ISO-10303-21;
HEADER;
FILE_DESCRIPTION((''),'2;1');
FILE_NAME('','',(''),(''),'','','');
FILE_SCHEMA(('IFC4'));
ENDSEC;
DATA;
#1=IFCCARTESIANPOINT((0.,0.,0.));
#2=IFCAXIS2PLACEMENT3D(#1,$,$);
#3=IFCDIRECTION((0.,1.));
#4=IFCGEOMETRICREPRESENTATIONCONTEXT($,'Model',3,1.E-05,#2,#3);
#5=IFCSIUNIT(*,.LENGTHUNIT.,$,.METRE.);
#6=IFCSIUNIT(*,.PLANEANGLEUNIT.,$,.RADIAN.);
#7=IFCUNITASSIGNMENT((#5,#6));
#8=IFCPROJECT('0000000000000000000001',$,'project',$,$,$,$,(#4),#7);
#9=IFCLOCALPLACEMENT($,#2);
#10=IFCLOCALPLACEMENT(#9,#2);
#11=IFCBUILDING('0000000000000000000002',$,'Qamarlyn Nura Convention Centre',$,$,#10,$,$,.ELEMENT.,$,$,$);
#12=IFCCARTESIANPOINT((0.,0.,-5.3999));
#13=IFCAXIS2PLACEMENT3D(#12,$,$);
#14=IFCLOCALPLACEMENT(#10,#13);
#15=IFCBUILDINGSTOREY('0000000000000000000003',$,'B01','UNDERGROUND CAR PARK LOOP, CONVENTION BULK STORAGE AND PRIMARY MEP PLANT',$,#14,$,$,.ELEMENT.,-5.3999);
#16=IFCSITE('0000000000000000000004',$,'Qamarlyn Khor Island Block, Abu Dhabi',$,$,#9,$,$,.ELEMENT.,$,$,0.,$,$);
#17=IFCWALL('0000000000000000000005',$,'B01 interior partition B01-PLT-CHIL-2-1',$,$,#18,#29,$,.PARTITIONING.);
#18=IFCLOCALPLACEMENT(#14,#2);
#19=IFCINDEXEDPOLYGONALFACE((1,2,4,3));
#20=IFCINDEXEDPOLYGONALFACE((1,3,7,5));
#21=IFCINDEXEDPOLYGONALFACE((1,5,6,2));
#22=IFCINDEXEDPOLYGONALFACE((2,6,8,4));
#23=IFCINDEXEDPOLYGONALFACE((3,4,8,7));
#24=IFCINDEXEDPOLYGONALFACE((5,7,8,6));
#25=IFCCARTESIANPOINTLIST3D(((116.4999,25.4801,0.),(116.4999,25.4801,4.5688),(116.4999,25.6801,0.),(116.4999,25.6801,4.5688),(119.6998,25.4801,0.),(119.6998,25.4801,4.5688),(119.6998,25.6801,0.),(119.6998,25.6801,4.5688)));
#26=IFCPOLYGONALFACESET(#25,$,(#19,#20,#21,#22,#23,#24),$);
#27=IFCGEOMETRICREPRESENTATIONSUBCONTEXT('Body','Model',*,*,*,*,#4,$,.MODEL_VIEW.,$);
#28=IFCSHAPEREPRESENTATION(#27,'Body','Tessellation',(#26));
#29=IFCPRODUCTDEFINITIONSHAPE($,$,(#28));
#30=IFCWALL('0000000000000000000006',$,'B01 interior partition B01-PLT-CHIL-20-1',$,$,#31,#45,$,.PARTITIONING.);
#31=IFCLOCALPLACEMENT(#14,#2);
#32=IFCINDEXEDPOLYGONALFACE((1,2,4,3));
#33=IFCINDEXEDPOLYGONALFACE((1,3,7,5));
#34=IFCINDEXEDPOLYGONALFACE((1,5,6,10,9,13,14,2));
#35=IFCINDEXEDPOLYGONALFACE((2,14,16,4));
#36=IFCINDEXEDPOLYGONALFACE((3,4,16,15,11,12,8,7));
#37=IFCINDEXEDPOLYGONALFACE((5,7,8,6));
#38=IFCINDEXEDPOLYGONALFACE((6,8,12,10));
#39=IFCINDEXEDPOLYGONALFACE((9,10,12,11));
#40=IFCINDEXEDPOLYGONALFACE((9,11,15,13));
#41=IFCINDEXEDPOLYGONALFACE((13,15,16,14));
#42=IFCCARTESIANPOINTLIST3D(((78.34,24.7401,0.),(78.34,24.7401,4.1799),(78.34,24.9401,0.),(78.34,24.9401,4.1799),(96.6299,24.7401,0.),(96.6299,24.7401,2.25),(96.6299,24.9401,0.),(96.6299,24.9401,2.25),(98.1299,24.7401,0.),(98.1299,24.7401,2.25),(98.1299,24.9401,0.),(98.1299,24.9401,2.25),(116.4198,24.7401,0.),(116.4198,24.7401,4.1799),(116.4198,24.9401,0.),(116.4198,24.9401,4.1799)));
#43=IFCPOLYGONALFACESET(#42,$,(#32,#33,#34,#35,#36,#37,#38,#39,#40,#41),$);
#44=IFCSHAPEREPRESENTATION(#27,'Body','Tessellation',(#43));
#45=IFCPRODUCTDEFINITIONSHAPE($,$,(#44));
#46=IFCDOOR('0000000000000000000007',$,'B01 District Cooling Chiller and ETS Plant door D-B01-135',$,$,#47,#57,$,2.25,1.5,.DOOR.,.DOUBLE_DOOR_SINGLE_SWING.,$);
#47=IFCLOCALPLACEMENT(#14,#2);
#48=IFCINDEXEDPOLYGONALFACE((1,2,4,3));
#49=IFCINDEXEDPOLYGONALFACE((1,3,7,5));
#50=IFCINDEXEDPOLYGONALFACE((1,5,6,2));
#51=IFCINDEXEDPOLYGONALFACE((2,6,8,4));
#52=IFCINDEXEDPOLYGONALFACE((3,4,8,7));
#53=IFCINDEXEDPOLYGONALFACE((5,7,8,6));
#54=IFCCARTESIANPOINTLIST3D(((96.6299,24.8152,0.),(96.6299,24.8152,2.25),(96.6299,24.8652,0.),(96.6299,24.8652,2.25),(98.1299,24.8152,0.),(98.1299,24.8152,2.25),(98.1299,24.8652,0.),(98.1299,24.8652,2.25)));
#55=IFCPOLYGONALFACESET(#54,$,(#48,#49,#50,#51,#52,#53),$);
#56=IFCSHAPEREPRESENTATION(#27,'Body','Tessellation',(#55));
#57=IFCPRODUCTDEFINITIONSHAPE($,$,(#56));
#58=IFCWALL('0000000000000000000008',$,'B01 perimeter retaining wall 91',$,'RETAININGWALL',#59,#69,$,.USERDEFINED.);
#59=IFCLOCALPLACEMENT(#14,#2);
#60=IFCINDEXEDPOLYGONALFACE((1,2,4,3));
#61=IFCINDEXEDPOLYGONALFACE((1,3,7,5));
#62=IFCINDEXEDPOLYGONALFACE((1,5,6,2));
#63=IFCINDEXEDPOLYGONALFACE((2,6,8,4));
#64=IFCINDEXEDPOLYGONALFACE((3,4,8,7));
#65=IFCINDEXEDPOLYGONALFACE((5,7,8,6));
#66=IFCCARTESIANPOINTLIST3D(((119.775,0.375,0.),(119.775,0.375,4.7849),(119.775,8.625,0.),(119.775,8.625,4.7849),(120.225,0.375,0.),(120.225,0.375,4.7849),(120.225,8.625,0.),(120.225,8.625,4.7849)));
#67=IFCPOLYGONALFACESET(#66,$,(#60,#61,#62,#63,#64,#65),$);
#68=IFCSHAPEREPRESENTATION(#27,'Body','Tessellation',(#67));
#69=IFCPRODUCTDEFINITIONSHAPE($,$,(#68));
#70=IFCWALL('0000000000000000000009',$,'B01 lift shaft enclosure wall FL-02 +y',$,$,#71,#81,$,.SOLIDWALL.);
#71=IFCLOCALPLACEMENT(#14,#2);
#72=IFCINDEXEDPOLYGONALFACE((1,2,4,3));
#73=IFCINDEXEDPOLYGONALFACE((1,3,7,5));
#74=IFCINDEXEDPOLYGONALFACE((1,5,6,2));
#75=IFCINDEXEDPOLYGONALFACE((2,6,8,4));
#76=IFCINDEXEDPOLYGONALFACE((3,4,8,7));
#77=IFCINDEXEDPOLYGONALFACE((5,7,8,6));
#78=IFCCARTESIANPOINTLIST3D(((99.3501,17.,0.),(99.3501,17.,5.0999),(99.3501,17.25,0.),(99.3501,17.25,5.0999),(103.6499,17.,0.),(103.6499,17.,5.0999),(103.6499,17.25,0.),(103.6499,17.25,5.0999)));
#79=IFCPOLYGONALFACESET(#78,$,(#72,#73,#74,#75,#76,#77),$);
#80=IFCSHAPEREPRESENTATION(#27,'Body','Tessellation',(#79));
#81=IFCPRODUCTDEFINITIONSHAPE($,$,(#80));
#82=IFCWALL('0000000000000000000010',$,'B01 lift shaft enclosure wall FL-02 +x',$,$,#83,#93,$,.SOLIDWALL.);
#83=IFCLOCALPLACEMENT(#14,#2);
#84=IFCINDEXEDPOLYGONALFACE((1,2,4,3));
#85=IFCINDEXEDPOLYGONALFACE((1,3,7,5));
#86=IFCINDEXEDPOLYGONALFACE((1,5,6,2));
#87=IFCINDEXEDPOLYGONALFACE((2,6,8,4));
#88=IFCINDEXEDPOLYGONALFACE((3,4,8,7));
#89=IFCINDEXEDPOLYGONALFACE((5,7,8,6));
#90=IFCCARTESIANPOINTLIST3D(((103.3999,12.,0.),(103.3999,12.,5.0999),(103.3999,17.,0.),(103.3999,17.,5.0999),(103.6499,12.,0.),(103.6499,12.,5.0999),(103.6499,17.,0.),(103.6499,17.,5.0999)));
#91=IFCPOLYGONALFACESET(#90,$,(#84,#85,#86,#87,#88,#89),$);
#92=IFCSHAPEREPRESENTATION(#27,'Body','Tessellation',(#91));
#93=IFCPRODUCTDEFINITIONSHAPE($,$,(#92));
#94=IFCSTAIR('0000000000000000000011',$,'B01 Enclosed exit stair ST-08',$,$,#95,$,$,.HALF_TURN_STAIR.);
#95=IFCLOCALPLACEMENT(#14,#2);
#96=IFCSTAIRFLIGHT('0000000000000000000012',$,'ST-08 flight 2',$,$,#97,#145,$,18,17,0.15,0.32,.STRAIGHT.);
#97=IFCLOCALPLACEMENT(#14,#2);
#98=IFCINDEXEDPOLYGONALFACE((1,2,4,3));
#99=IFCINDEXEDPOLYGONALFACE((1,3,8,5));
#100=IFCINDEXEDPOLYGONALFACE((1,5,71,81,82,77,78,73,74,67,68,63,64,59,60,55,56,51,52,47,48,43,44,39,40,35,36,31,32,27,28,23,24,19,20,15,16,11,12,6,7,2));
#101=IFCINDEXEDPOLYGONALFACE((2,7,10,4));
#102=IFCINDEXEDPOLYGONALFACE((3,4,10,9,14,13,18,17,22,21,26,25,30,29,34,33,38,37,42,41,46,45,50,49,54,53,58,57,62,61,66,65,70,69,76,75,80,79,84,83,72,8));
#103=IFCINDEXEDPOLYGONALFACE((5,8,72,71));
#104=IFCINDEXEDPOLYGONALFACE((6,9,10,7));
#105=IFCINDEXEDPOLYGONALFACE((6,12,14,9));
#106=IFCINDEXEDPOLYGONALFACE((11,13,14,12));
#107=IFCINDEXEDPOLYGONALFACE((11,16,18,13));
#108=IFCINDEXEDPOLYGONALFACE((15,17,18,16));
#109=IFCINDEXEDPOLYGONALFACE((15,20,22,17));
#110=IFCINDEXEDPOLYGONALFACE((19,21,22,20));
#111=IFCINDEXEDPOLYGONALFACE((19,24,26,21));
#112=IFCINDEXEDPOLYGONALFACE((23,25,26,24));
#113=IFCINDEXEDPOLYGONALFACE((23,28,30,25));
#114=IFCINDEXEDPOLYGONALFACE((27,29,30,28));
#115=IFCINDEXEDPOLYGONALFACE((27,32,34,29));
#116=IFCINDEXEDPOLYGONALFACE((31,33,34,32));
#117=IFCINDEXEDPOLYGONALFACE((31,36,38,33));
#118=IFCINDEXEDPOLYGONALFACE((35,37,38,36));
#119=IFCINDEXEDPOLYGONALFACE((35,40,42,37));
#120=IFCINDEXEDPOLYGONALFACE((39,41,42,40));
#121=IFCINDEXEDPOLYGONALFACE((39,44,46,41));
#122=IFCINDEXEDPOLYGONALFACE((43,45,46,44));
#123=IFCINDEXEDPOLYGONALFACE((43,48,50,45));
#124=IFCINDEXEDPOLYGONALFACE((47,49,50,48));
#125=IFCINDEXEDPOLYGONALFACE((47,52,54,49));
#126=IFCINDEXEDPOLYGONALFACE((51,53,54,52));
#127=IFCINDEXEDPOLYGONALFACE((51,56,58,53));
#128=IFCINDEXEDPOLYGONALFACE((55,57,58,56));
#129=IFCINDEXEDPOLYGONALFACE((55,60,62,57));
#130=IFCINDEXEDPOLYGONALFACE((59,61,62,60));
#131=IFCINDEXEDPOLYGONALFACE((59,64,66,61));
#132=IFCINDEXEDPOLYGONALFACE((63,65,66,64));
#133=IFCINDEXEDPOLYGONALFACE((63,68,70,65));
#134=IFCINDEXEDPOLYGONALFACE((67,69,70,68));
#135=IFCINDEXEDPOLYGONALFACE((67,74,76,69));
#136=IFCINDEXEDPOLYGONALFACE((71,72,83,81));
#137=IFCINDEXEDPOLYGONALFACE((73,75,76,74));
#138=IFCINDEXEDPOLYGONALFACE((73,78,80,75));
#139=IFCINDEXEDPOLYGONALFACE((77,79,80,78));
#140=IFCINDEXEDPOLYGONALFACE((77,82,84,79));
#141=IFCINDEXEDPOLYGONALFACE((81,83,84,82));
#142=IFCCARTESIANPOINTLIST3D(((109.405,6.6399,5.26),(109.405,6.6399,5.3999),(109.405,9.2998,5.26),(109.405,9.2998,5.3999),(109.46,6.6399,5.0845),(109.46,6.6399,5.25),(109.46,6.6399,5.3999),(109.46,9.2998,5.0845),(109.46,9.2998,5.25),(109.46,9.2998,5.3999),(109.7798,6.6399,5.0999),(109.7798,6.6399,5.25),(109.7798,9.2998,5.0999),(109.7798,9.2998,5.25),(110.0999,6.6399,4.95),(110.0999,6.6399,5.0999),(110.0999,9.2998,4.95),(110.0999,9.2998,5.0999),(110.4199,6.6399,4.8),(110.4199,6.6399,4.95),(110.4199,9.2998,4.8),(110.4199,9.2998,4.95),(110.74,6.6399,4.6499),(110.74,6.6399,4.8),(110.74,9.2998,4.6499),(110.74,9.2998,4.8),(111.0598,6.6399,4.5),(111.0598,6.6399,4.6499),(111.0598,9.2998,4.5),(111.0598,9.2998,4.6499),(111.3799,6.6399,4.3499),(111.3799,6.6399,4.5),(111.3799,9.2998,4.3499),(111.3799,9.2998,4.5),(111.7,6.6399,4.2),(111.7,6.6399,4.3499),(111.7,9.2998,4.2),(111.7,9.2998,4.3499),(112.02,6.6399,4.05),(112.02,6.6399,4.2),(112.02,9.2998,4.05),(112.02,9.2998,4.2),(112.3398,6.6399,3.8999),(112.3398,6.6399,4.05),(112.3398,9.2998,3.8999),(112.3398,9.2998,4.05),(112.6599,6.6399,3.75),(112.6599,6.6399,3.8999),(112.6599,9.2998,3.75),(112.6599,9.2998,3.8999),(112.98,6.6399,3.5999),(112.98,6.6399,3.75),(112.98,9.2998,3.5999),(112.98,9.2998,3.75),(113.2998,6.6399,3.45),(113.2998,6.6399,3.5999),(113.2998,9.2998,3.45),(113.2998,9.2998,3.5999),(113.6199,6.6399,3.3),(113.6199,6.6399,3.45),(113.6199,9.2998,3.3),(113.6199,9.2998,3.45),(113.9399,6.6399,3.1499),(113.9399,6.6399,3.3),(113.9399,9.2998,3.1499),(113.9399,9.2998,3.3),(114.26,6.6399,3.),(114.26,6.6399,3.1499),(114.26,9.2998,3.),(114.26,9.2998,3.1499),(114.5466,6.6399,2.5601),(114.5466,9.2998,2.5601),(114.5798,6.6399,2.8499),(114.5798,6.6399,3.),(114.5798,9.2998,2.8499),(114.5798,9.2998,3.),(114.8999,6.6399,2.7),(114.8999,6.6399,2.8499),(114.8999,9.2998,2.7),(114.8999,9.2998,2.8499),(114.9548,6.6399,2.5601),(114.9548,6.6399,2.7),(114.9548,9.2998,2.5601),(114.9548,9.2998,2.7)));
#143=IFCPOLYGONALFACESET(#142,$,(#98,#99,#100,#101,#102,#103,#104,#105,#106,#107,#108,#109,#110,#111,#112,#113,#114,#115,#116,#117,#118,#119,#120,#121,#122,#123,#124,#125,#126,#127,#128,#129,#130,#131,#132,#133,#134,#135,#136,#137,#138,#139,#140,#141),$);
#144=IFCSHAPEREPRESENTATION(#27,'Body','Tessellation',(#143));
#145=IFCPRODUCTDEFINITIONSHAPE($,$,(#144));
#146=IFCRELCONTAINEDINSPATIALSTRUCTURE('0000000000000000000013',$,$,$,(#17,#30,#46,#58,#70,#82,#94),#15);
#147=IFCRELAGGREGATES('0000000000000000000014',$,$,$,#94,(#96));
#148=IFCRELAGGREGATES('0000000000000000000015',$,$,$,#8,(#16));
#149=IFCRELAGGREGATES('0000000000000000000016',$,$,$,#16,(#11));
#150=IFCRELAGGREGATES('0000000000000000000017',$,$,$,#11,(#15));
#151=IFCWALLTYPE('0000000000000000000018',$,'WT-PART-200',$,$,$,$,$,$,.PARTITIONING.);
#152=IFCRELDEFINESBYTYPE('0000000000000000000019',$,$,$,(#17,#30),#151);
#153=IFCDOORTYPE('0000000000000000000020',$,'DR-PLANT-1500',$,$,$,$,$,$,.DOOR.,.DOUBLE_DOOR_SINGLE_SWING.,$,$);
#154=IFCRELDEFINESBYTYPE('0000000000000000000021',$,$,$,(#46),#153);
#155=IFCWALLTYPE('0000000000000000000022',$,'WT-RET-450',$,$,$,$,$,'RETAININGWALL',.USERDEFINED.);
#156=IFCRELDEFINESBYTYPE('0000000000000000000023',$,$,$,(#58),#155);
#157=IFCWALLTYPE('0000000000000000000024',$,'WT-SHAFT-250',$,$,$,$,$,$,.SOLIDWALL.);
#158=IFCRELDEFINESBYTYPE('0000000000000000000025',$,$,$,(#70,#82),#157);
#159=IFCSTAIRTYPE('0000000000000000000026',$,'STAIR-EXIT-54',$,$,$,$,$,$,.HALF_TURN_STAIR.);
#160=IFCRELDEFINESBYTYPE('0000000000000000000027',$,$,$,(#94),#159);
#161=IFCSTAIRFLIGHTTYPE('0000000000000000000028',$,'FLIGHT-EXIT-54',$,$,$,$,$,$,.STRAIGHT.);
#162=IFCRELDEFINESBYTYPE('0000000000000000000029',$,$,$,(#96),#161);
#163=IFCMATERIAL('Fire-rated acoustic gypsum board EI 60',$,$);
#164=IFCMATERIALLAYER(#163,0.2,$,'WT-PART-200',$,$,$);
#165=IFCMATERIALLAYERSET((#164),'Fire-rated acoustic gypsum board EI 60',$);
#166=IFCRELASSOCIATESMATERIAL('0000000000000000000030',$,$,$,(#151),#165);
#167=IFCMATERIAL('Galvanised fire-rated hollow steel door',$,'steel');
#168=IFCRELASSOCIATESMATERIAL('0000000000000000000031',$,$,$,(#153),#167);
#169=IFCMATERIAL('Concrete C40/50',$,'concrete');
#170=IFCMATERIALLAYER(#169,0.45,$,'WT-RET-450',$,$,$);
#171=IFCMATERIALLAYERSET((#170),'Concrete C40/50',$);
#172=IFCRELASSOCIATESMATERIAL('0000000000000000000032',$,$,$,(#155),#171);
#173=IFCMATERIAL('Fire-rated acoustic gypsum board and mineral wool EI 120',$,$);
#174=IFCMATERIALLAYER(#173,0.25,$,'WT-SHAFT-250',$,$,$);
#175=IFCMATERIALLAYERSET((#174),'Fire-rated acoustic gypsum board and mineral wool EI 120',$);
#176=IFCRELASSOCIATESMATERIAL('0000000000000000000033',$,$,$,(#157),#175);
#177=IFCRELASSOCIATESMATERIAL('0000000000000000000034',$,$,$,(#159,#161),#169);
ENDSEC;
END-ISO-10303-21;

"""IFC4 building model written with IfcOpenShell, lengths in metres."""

from ifc_helpers import new_model, si_unit, direction, frame, frame_2d, origin, place, context, subcontext, project, spatial, polyline, rectangle, outline, extrude, material, layer, layer_set, type_object, element, fill, aggregate, save


model = new_model("IFC4")

# Units and contexts
model_context = context("Model", 3, precision=1e-05, world=origin(), true_north=direction((0.0, 1.0)))
body_context = subcontext(model_context, "Body", "Model", "MODEL_VIEW")
ifc_project = project(units=[si_unit("LENGTHUNIT", "METRE"), si_unit("PLANEANGLEUNIT", "RADIAN")], contexts=[model_context])

# Site, building, storey
site_placement = place(None, origin())
site = spatial("IfcSite", under=ifc_project, at=site_placement, Name="Qamarlyn Khor Island Block, Abu Dhabi", CompositionType="ELEMENT", RefElevation=0.0)
building_placement = place(site_placement, origin())
building = spatial("IfcBuilding", under=site, at=building_placement, Name="Qamarlyn Nura Convention Centre", CompositionType="ELEMENT")
storey_placement = place(building_placement, frame((0.0, 0.0, -5.3999)))
storey = spatial("IfcBuildingStorey", under=building, at=storey_placement, Name="B01", Description="UNDERGROUND CAR PARK LOOP, CONVENTION BULK STORAGE AND PRIMARY MEP PLANT", CompositionType="ELEMENT", Elevation=-5.3999)

# Shared definitions
ifc_material_1 = material(Name="Concrete C40/50", Category="concrete")

# Shared definitions
ifc_material_2 = material(Name="Galvanised fire-rated hollow steel door", Category="steel")

# Wall
ifc_material_3 = material(Name="Fire-rated acoustic gypsum board EI 60")
ifc_layer_1 = layer(ifc_material_3, 0.2, Name="WT-PART-200")
ifc_layer_set_1 = layer_set([ifc_layer_1], Name="Fire-rated acoustic gypsum board EI 60")
wall_type_1 = type_object("IfcWallType", Name="WT-PART-200", PredefinedType="PARTITIONING", material=ifc_layer_set_1)
wall_1_placement = place(storey_placement, frame((119.7, 25.5801, 0.0), z_axis=(0.0, 0.0, 1.0), x_axis=(-1.0, 0.0, 0.0)))
element("IfcWall", 1, at=wall_1_placement, inside=storey, type_object=wall_type_1, Name="B01 interior partition B01-PLT-CHIL-2-1", PredefinedType="PARTITIONING", context=body_context, shape_type="SweptSolid", body=[
    extrude(rectangle(XDim=3.2, YDim=0.2, at=frame_2d((1.6001, 0.0))), origin(), (0.0, 0.0, 1.0), 4.5688),
])

# Wall, opening, door
wall_2_placement = place(storey_placement, frame((116.4199, 24.8401, 0.0), z_axis=(0.0, 0.0, 1.0), x_axis=(-1.0, 0.0, 0.0)))
wall_2 = element("IfcWall", 2, at=wall_2_placement, inside=storey, type_object=wall_type_1, Name="B01 interior partition B01-PLT-CHIL-20-1", PredefinedType="PARTITIONING", context=body_context, shape_type="SweptSolid", body=[
    extrude(rectangle(XDim=38.0798, YDim=0.2, at=frame_2d((19.04, 0.0))), origin(), (0.0, 0.0, 1.0), 4.1799),
])
opening_1_placement = place(wall_2_placement, frame((18.29, 0.0, 0.0)))
opening_1 = element("IfcOpeningElement", 3, at=opening_1_placement, cuts=wall_2, PredefinedType="OPENING", context=body_context, shape_type="SweptSolid", body=[
    extrude(rectangle(XDim=1.5, YDim=2.25, at=frame_2d((0.75, 1.125))), frame((0.0, 0.1099, 0.0), z_axis=(0.0, -1.0, 0.0), x_axis=(1.0, 0.0, 0.0)), (0.0, 0.0, 1.0), 0.22),
])
door_type_1 = type_object("IfcDoorType", Name="DR-PLANT-1500", OperationType="DOUBLE_DOOR_SINGLE_SWING", PredefinedType="DOOR", material=ifc_material_2)
door_1_placement = place(opening_1_placement, origin())
door_1 = element("IfcDoor", 4, at=door_1_placement, inside=storey, type_object=door_type_1, Name="B01 District Cooling Chiller and ETS Plant door D-B01-135", OperationType="DOUBLE_DOOR_SINGLE_SWING", OverallHeight=2.25, OverallWidth=1.5, PredefinedType="DOOR", context=body_context, shape_type="SweptSolid", body=[
    extrude(rectangle(XDim=1.5, YDim=2.25, at=frame_2d((0.75, 1.125))), frame((0.0, 0.0249, 0.0), z_axis=(0.0, -1.0, 0.0), x_axis=(1.0, 0.0, 0.0)), (0.0, 0.0, 1.0), 0.05),
])
fill(opening_1, door_1)

# Walls
ifc_layer_2 = layer(ifc_material_1, 0.45, Name="WT-RET-450")
ifc_layer_set_2 = layer_set([ifc_layer_2], Name="Concrete C40/50")
wall_type_2 = type_object("IfcWallType", Name="WT-RET-450", ElementType="RETAININGWALL", PredefinedType="USERDEFINED", material=ifc_layer_set_2)
wall_3_placement = place(storey_placement, frame((120.0, 8.625, 0.0), z_axis=(0.0, 0.0, 1.0), x_axis=(0.0, -1.0, 0.0)))
element("IfcWall", 5, at=wall_3_placement, inside=storey, type_object=wall_type_2, Name="B01 perimeter retaining wall 91", ObjectType="RETAININGWALL", PredefinedType="USERDEFINED", context=body_context, shape_type="SweptSolid", body=[
    extrude(rectangle(XDim=8.25, YDim=0.45, at=frame_2d((4.125, 0.0))), origin(), (0.0, 0.0, 1.0), 4.7849),
])
ifc_material_4 = material(Name="Fire-rated acoustic gypsum board and mineral wool EI 120")
ifc_layer_3 = layer(ifc_material_4, 0.25, Name="WT-SHAFT-250")
ifc_layer_set_3 = layer_set([ifc_layer_3], Name="Fire-rated acoustic gypsum board and mineral wool EI 120")
wall_type_3 = type_object("IfcWallType", Name="WT-SHAFT-250", PredefinedType="SOLIDWALL", material=ifc_layer_set_3)
wall_4_placement = place(storey_placement, frame((103.6499, 17.125, 0.0), z_axis=(0.0, 0.0, 1.0), x_axis=(-1.0, 0.0, 0.0)))
element("IfcWall", 6, at=wall_4_placement, inside=storey, type_object=wall_type_3, Name="B01 lift shaft enclosure wall FL-02 +y", PredefinedType="SOLIDWALL", context=body_context, shape_type="SweptSolid", body=[
    extrude(rectangle(XDim=4.2998, YDim=0.25, at=frame_2d((2.1499, 0.0))), origin(), (0.0, 0.0, 1.0), 5.0999),
])
wall_5_placement = place(storey_placement, frame((103.5249, 12.0, 0.0), z_axis=(0.0, 0.0, 1.0), x_axis=(0.0, 1.0, 0.0)))
element("IfcWall", 7, at=wall_5_placement, inside=storey, type_object=wall_type_3, Name="B01 lift shaft enclosure wall FL-02 +x", PredefinedType="SOLIDWALL", context=body_context, shape_type="SweptSolid", body=[
    extrude(rectangle(XDim=5.0, YDim=0.25, at=frame_2d((2.5, 0.0))), origin(), (0.0, 0.0, 1.0), 5.0999),
])

# Stair, stair flight
stair_type = type_object("IfcStairType", Name="STAIR-EXIT-54", PredefinedType="HALF_TURN_STAIR", material=ifc_material_1)
stair_placement = place(storey_placement, origin())
stair = element("IfcStair", 8, at=stair_placement, inside=storey, type_object=stair_type, Name="B01 Enclosed exit stair ST-08", PredefinedType="HALF_TURN_STAIR")
stair_flight_type = type_object("IfcStairFlightType", Name="FLIGHT-EXIT-54", PredefinedType="STRAIGHT", material=ifc_material_1)
stair_flight_placement = place(storey_placement, frame((114.8999, 7.97, 2.7), z_axis=(0.0, 0.0, 1.0), x_axis=(-1.0, 0.0, 0.0)))
stair_flight = element("IfcStairFlight", 9, at=stair_flight_placement, type_object=stair_flight_type, Name="ST-08 flight 2", NumberOfRisers=18, NumberOfTreads=17, PredefinedType="STRAIGHT", RiserHeight=0.15, TreadLength=0.32, context=body_context, shape_type="SweptSolid", body=[
    extrude(outline(polyline([(-0.0549, 0.0), (0.0, 0.0), (0.0, 0.1499), (0.3201, 0.1499), (0.3201, 0.3), (0.6399, 0.3), (0.6399, 0.45), (0.96, 0.45), (0.96, 0.6001), (1.28, 0.6001), (1.28, 0.75), (1.6001, 0.75), (1.6001, 0.8999), (1.9199, 0.8999), (1.9199, 1.05), (2.24, 1.05), (2.24, 1.2), (2.5601, 1.2), (2.5601, 1.3501), (2.8799, 1.3501), (2.8799, 1.5), (3.2, 1.5), (3.2, 1.6499), (3.52, 1.6499), (3.52, 1.8), (3.8401, 1.8), (3.8401, 1.95), (4.1599, 1.95), (4.1599, 2.1001), (4.48, 2.1001), (4.48, 2.25), (4.8, 2.25), (4.8, 2.3999), (5.1201, 2.3999), (5.1201, 2.55), (5.4399, 2.55), (5.4399, 2.7), (5.4949, 2.7), (5.4949, 2.5601), (5.4399, 2.3845), (0.3533, -0.1399), (-0.0549, -0.1399), (-0.0549, 0.0)])), frame((0.0, 1.3301, 0.0), z_axis=(0.0, -1.0, 0.0), x_axis=(1.0, 0.0, 0.0)), (0.0, 0.0, 1.0), 2.6599),
])
aggregate(stair, [stair_flight])

save(model, "model.ifc")
